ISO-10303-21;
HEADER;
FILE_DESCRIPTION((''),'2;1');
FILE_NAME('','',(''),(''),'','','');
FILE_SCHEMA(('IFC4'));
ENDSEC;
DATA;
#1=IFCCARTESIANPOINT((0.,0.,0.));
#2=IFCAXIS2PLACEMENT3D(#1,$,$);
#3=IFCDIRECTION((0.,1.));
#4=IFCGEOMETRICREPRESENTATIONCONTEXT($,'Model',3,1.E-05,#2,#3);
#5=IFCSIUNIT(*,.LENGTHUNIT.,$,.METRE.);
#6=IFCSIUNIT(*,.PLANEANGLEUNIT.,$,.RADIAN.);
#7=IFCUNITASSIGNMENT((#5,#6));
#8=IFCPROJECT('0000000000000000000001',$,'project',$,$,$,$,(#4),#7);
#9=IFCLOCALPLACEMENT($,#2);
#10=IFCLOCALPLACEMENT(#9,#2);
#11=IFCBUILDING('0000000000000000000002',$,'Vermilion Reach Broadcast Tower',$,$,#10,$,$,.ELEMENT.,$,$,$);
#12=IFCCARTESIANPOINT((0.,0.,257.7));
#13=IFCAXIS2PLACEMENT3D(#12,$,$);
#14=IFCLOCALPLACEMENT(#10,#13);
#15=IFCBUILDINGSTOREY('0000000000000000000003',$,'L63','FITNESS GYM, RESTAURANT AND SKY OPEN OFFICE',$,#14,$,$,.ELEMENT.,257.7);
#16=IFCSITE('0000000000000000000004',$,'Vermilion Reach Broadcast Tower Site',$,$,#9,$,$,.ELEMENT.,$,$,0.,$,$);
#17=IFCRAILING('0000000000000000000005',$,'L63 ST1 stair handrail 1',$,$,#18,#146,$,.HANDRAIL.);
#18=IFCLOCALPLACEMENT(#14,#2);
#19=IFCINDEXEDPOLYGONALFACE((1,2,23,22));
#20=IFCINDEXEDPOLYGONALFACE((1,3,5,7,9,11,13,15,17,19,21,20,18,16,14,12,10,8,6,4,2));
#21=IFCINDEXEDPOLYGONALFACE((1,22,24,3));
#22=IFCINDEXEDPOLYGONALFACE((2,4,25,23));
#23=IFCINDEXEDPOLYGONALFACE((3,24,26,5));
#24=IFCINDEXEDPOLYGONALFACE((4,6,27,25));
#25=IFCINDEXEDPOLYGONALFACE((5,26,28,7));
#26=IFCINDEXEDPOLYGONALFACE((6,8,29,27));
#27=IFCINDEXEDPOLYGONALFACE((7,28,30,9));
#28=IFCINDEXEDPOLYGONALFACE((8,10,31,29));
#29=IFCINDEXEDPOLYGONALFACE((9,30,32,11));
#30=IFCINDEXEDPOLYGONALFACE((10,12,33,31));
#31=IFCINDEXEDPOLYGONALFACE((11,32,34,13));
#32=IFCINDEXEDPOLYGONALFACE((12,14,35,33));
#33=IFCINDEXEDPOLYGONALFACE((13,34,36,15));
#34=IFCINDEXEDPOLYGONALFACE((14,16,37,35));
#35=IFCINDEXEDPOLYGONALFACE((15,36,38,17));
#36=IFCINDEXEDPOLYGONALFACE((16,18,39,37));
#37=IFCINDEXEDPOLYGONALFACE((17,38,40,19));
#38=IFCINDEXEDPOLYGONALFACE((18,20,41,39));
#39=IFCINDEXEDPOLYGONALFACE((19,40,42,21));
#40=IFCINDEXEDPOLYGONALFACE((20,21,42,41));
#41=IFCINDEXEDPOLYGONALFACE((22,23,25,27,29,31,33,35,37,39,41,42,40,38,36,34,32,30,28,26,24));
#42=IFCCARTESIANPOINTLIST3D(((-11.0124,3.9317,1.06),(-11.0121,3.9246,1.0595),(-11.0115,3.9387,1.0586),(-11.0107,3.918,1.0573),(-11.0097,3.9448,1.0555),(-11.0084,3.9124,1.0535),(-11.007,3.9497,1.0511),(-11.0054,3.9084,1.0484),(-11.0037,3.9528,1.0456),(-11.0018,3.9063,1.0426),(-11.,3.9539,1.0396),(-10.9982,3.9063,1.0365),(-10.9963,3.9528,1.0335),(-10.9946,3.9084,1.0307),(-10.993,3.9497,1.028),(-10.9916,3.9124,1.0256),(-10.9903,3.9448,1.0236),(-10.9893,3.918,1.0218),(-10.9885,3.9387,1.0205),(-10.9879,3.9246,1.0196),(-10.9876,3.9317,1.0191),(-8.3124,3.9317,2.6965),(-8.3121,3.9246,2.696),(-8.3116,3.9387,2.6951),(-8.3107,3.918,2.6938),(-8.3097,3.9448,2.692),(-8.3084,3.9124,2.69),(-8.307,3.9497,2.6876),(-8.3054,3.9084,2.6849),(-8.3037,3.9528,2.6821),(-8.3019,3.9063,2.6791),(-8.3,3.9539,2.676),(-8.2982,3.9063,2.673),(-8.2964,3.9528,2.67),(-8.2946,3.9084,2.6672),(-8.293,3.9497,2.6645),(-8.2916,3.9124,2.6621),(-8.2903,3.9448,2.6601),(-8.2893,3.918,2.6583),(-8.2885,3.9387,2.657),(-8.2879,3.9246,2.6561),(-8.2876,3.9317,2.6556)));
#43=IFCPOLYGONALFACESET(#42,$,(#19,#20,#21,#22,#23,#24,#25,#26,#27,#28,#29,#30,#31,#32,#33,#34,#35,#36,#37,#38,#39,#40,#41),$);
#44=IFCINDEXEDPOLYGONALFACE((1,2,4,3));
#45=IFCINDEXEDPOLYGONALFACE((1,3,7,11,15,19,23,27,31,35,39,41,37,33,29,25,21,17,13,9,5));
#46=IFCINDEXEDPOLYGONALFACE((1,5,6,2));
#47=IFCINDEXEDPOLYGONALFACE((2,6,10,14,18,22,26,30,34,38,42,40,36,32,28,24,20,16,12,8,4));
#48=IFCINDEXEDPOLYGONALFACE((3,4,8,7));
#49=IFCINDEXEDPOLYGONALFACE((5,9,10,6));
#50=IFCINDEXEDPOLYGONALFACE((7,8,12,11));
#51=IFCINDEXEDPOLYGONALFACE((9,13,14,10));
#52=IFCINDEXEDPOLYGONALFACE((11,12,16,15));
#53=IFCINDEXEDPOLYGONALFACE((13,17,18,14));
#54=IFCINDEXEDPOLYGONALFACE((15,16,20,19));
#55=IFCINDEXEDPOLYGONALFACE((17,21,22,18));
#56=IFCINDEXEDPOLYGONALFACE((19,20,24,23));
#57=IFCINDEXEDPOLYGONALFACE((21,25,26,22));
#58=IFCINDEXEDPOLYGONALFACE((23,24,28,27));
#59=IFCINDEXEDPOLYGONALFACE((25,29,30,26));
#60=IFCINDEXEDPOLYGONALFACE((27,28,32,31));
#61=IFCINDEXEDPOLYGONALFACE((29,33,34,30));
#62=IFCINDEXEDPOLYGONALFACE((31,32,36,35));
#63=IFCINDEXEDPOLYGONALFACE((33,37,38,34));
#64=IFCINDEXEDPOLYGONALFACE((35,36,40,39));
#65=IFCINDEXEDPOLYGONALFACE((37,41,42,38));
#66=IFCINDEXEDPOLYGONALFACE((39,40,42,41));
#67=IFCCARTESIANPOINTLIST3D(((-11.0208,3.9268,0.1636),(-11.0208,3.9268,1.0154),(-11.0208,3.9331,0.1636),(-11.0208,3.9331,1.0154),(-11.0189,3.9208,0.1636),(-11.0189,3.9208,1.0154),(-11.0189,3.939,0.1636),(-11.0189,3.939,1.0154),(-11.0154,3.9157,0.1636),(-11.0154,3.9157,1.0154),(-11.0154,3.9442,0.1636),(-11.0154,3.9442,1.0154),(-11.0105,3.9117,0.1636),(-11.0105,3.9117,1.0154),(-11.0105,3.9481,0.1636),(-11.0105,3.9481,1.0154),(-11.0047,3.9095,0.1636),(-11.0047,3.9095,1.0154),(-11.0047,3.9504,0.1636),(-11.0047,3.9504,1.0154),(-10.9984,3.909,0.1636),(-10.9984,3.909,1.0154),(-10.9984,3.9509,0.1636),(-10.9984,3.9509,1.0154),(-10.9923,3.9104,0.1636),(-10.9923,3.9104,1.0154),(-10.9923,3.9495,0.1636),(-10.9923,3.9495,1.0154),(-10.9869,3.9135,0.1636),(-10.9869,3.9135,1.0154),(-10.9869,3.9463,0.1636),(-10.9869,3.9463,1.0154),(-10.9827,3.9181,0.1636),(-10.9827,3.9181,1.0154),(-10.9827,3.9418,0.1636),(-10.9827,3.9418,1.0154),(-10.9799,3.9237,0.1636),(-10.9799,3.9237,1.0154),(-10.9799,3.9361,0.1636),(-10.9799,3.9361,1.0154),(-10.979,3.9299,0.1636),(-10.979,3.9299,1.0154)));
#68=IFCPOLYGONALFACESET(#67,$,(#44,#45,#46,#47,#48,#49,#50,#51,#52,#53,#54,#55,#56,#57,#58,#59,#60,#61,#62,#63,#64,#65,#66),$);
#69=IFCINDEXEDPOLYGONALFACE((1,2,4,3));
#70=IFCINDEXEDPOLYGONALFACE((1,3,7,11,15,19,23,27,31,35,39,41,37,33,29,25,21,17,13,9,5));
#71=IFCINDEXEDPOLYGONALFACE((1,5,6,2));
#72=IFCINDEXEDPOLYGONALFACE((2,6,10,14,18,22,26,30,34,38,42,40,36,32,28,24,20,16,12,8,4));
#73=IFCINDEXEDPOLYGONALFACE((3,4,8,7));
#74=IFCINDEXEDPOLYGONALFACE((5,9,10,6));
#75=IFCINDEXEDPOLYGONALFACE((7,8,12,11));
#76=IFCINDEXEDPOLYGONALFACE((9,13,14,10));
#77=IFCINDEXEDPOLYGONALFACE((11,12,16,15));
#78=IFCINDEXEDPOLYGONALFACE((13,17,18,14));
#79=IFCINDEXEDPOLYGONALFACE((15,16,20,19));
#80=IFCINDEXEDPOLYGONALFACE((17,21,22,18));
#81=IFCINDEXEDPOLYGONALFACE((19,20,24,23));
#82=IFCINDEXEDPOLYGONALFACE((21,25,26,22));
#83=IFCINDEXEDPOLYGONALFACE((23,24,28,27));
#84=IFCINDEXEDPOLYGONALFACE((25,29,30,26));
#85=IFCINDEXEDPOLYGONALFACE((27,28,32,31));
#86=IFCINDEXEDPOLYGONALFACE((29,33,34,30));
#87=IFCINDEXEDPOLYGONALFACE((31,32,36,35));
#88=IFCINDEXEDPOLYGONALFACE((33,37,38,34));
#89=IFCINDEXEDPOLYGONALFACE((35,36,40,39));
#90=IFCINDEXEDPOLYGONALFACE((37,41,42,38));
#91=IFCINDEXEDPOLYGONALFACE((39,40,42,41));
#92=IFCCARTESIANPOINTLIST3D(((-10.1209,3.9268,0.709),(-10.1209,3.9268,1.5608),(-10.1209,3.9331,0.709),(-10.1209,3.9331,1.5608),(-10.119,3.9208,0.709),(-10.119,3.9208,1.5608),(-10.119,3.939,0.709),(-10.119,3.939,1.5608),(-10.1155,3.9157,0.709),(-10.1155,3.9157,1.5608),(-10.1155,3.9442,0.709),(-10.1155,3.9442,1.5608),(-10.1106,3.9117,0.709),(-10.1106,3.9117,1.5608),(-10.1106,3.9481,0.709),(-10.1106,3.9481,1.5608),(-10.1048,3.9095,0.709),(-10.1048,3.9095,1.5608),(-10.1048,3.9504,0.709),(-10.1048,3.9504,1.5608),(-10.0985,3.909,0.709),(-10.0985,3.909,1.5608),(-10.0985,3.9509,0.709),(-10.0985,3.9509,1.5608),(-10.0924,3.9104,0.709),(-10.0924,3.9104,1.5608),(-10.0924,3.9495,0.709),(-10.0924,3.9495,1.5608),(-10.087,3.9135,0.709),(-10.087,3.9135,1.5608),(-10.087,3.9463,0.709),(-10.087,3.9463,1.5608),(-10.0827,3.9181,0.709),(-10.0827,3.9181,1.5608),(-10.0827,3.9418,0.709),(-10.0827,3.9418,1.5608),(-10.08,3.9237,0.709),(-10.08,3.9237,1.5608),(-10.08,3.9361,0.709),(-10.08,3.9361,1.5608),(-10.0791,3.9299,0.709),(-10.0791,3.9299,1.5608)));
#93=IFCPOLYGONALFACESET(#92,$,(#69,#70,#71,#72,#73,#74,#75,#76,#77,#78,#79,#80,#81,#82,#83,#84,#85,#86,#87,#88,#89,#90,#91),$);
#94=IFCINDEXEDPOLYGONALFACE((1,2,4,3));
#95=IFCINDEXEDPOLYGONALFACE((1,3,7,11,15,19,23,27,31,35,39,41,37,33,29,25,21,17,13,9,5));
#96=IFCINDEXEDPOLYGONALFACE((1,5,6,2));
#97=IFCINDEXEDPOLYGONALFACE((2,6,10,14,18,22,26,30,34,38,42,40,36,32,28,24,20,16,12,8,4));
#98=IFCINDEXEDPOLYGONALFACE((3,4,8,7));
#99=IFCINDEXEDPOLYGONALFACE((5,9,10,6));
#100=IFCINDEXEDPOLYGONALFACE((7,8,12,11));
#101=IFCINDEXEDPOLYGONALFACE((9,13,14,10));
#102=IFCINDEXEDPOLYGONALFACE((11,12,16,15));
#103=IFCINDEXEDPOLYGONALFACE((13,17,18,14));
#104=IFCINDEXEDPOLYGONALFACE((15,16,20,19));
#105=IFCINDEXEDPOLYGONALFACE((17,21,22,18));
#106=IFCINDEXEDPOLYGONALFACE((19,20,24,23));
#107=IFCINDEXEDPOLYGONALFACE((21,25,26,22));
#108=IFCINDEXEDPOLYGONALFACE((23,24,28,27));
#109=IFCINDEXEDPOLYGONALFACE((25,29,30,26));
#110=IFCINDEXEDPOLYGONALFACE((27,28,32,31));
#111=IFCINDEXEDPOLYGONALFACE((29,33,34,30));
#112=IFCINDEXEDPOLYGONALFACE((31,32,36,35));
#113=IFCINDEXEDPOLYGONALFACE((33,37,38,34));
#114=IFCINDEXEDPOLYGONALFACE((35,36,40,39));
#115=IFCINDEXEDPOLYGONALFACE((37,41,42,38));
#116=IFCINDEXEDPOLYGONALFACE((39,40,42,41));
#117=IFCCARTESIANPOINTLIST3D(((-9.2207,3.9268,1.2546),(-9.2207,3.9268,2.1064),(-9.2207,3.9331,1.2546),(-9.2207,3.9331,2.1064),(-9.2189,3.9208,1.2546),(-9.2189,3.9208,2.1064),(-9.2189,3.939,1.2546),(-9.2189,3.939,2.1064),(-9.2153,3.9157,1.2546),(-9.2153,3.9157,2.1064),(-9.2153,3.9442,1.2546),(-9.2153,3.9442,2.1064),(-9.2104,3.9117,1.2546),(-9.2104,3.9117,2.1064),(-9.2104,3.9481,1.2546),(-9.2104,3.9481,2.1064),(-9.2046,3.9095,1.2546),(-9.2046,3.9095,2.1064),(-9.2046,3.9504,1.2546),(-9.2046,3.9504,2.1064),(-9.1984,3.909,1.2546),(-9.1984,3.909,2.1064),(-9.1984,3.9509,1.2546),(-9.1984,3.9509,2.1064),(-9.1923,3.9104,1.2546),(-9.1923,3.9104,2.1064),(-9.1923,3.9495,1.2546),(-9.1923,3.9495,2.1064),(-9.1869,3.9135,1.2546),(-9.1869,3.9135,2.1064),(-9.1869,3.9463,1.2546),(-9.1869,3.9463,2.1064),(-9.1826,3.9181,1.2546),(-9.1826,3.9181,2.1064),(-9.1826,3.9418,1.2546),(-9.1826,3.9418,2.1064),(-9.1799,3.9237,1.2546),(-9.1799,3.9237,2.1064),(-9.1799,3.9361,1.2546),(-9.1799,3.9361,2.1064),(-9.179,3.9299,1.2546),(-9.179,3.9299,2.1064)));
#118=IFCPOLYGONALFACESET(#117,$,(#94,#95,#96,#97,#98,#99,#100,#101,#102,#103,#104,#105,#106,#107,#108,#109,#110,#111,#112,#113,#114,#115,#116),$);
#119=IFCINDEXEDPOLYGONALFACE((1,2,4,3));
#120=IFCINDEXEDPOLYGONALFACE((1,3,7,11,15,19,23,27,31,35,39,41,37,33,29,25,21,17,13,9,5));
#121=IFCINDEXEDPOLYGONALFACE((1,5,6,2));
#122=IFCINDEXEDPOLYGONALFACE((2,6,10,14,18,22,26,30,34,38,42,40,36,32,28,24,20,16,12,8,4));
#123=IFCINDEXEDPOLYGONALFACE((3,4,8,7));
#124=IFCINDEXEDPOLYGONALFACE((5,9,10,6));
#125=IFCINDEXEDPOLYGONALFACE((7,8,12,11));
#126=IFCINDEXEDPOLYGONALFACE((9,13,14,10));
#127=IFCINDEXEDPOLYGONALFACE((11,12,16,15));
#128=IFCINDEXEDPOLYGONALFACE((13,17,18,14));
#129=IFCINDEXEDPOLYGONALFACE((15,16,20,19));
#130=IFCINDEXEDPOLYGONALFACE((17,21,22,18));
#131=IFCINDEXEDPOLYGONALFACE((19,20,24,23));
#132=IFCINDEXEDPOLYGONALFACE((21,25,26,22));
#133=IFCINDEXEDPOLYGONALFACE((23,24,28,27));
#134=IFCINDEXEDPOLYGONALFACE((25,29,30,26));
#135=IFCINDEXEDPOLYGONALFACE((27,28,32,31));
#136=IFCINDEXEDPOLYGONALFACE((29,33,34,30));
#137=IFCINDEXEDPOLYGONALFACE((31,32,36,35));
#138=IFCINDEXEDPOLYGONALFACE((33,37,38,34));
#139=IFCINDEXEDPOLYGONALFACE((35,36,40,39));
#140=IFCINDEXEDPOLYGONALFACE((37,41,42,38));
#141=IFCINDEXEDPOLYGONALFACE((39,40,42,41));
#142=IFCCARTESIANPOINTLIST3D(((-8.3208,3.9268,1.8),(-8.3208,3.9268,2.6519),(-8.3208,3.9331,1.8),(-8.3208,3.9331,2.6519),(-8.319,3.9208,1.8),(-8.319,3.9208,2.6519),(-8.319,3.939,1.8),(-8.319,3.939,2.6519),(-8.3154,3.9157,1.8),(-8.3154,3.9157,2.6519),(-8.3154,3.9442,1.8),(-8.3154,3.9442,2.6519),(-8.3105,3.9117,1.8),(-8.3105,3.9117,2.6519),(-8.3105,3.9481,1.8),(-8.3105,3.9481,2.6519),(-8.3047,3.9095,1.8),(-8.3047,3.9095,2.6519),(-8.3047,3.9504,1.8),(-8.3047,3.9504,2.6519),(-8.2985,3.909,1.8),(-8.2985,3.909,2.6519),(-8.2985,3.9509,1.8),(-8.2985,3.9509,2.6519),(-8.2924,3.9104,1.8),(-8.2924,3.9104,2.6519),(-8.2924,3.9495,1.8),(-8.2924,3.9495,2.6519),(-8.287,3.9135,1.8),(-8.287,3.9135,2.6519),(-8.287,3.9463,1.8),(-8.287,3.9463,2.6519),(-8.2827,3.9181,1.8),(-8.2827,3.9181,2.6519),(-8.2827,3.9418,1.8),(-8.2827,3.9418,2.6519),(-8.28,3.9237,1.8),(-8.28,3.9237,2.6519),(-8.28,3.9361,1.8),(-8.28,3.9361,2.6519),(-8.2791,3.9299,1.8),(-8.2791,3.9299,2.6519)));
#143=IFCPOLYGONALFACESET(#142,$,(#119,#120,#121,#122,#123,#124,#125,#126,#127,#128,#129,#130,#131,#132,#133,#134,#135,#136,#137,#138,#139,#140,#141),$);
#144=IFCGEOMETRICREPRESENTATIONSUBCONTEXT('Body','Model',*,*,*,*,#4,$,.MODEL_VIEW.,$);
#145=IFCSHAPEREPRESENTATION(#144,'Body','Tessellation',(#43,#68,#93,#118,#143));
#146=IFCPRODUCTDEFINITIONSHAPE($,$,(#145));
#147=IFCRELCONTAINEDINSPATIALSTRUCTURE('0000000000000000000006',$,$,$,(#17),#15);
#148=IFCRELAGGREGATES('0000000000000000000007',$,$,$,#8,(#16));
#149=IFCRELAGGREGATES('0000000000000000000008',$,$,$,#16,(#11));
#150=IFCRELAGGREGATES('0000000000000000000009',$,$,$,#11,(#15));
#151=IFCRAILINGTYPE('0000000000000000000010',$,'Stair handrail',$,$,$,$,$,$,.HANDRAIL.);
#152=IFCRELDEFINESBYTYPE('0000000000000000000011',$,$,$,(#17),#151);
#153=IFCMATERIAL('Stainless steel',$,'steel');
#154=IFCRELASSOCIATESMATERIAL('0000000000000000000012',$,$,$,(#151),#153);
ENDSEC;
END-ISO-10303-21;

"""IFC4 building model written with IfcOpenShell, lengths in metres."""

from ifc_helpers import new_model, si_unit, direction, frame, origin, origin_2d, place, context, subcontext, project, spatial, circle, extrude, material, type_object, element, save


model = new_model("IFC4")

# Units and contexts
model_context = context("Model", 3, precision=1e-05, world=origin(), true_north=direction((0.0, 1.0)))
body_context = subcontext(model_context, "Body", "Model", "MODEL_VIEW")
ifc_project = project(units=[si_unit("LENGTHUNIT", "METRE"), si_unit("PLANEANGLEUNIT", "RADIAN")], contexts=[model_context])

# Site, building, storey
site_placement = place(None, origin())
site = spatial("IfcSite", under=ifc_project, at=site_placement, Name="Vermilion Reach Broadcast Tower Site", CompositionType="ELEMENT", RefElevation=0.0)
building_placement = place(site_placement, origin())
building = spatial("IfcBuilding", under=site, at=building_placement, Name="Vermilion Reach Broadcast Tower", CompositionType="ELEMENT")
storey_placement = place(building_placement, frame((0.0, 0.0, 257.7)))
storey = spatial("IfcBuildingStorey", under=building, at=storey_placement, Name="L63", Description="FITNESS GYM, RESTAURANT AND SKY OPEN OFFICE", CompositionType="ELEMENT", Elevation=257.7)

# Railing
ifc_material_1 = material(Name="Stainless steel", Category="steel")
railing_type_1 = type_object("IfcRailingType", Name="Stair handrail", PredefinedType="HANDRAIL", material=ifc_material_1)
railing_1_placement = place(storey_placement, frame((-11.0, 3.9299, 0.1636)))
element("IfcRailing", 1, at=railing_1_placement, inside=storey, type_object=railing_type_1, Name="L63 ST1 stair handrail 1", PredefinedType="HANDRAIL", context=body_context, shape_type="SweptSolid", body=[
    extrude(circle(Radius=0.0239, at=origin_2d()), frame((0.0, 0.0, 0.876), z_axis=(0.855178, 0.0, 0.518334), x_axis=(0.0, 1.0, 0.0)), (0.0, 0.0, 1.0), 3.1572),
    extrude(circle(Radius=0.021, at=origin_2d()), origin(), (0.0, 0.0, 1.0), 0.8518),
    extrude(circle(Radius=0.021, at=origin_2d()), frame((0.8999, 0.0, 0.5454)), (0.0, 0.0, 1.0), 0.8518),
    extrude(circle(Radius=0.021, at=origin_2d()), frame((1.8, 0.0, 1.0911)), (0.0, 0.0, 1.0), 0.8518),
    extrude(circle(Radius=0.021, at=origin_2d()), frame((2.7, 0.0, 1.6365)), (0.0, 0.0, 1.0), 0.8518),
])

save(model, "model.ifc")
